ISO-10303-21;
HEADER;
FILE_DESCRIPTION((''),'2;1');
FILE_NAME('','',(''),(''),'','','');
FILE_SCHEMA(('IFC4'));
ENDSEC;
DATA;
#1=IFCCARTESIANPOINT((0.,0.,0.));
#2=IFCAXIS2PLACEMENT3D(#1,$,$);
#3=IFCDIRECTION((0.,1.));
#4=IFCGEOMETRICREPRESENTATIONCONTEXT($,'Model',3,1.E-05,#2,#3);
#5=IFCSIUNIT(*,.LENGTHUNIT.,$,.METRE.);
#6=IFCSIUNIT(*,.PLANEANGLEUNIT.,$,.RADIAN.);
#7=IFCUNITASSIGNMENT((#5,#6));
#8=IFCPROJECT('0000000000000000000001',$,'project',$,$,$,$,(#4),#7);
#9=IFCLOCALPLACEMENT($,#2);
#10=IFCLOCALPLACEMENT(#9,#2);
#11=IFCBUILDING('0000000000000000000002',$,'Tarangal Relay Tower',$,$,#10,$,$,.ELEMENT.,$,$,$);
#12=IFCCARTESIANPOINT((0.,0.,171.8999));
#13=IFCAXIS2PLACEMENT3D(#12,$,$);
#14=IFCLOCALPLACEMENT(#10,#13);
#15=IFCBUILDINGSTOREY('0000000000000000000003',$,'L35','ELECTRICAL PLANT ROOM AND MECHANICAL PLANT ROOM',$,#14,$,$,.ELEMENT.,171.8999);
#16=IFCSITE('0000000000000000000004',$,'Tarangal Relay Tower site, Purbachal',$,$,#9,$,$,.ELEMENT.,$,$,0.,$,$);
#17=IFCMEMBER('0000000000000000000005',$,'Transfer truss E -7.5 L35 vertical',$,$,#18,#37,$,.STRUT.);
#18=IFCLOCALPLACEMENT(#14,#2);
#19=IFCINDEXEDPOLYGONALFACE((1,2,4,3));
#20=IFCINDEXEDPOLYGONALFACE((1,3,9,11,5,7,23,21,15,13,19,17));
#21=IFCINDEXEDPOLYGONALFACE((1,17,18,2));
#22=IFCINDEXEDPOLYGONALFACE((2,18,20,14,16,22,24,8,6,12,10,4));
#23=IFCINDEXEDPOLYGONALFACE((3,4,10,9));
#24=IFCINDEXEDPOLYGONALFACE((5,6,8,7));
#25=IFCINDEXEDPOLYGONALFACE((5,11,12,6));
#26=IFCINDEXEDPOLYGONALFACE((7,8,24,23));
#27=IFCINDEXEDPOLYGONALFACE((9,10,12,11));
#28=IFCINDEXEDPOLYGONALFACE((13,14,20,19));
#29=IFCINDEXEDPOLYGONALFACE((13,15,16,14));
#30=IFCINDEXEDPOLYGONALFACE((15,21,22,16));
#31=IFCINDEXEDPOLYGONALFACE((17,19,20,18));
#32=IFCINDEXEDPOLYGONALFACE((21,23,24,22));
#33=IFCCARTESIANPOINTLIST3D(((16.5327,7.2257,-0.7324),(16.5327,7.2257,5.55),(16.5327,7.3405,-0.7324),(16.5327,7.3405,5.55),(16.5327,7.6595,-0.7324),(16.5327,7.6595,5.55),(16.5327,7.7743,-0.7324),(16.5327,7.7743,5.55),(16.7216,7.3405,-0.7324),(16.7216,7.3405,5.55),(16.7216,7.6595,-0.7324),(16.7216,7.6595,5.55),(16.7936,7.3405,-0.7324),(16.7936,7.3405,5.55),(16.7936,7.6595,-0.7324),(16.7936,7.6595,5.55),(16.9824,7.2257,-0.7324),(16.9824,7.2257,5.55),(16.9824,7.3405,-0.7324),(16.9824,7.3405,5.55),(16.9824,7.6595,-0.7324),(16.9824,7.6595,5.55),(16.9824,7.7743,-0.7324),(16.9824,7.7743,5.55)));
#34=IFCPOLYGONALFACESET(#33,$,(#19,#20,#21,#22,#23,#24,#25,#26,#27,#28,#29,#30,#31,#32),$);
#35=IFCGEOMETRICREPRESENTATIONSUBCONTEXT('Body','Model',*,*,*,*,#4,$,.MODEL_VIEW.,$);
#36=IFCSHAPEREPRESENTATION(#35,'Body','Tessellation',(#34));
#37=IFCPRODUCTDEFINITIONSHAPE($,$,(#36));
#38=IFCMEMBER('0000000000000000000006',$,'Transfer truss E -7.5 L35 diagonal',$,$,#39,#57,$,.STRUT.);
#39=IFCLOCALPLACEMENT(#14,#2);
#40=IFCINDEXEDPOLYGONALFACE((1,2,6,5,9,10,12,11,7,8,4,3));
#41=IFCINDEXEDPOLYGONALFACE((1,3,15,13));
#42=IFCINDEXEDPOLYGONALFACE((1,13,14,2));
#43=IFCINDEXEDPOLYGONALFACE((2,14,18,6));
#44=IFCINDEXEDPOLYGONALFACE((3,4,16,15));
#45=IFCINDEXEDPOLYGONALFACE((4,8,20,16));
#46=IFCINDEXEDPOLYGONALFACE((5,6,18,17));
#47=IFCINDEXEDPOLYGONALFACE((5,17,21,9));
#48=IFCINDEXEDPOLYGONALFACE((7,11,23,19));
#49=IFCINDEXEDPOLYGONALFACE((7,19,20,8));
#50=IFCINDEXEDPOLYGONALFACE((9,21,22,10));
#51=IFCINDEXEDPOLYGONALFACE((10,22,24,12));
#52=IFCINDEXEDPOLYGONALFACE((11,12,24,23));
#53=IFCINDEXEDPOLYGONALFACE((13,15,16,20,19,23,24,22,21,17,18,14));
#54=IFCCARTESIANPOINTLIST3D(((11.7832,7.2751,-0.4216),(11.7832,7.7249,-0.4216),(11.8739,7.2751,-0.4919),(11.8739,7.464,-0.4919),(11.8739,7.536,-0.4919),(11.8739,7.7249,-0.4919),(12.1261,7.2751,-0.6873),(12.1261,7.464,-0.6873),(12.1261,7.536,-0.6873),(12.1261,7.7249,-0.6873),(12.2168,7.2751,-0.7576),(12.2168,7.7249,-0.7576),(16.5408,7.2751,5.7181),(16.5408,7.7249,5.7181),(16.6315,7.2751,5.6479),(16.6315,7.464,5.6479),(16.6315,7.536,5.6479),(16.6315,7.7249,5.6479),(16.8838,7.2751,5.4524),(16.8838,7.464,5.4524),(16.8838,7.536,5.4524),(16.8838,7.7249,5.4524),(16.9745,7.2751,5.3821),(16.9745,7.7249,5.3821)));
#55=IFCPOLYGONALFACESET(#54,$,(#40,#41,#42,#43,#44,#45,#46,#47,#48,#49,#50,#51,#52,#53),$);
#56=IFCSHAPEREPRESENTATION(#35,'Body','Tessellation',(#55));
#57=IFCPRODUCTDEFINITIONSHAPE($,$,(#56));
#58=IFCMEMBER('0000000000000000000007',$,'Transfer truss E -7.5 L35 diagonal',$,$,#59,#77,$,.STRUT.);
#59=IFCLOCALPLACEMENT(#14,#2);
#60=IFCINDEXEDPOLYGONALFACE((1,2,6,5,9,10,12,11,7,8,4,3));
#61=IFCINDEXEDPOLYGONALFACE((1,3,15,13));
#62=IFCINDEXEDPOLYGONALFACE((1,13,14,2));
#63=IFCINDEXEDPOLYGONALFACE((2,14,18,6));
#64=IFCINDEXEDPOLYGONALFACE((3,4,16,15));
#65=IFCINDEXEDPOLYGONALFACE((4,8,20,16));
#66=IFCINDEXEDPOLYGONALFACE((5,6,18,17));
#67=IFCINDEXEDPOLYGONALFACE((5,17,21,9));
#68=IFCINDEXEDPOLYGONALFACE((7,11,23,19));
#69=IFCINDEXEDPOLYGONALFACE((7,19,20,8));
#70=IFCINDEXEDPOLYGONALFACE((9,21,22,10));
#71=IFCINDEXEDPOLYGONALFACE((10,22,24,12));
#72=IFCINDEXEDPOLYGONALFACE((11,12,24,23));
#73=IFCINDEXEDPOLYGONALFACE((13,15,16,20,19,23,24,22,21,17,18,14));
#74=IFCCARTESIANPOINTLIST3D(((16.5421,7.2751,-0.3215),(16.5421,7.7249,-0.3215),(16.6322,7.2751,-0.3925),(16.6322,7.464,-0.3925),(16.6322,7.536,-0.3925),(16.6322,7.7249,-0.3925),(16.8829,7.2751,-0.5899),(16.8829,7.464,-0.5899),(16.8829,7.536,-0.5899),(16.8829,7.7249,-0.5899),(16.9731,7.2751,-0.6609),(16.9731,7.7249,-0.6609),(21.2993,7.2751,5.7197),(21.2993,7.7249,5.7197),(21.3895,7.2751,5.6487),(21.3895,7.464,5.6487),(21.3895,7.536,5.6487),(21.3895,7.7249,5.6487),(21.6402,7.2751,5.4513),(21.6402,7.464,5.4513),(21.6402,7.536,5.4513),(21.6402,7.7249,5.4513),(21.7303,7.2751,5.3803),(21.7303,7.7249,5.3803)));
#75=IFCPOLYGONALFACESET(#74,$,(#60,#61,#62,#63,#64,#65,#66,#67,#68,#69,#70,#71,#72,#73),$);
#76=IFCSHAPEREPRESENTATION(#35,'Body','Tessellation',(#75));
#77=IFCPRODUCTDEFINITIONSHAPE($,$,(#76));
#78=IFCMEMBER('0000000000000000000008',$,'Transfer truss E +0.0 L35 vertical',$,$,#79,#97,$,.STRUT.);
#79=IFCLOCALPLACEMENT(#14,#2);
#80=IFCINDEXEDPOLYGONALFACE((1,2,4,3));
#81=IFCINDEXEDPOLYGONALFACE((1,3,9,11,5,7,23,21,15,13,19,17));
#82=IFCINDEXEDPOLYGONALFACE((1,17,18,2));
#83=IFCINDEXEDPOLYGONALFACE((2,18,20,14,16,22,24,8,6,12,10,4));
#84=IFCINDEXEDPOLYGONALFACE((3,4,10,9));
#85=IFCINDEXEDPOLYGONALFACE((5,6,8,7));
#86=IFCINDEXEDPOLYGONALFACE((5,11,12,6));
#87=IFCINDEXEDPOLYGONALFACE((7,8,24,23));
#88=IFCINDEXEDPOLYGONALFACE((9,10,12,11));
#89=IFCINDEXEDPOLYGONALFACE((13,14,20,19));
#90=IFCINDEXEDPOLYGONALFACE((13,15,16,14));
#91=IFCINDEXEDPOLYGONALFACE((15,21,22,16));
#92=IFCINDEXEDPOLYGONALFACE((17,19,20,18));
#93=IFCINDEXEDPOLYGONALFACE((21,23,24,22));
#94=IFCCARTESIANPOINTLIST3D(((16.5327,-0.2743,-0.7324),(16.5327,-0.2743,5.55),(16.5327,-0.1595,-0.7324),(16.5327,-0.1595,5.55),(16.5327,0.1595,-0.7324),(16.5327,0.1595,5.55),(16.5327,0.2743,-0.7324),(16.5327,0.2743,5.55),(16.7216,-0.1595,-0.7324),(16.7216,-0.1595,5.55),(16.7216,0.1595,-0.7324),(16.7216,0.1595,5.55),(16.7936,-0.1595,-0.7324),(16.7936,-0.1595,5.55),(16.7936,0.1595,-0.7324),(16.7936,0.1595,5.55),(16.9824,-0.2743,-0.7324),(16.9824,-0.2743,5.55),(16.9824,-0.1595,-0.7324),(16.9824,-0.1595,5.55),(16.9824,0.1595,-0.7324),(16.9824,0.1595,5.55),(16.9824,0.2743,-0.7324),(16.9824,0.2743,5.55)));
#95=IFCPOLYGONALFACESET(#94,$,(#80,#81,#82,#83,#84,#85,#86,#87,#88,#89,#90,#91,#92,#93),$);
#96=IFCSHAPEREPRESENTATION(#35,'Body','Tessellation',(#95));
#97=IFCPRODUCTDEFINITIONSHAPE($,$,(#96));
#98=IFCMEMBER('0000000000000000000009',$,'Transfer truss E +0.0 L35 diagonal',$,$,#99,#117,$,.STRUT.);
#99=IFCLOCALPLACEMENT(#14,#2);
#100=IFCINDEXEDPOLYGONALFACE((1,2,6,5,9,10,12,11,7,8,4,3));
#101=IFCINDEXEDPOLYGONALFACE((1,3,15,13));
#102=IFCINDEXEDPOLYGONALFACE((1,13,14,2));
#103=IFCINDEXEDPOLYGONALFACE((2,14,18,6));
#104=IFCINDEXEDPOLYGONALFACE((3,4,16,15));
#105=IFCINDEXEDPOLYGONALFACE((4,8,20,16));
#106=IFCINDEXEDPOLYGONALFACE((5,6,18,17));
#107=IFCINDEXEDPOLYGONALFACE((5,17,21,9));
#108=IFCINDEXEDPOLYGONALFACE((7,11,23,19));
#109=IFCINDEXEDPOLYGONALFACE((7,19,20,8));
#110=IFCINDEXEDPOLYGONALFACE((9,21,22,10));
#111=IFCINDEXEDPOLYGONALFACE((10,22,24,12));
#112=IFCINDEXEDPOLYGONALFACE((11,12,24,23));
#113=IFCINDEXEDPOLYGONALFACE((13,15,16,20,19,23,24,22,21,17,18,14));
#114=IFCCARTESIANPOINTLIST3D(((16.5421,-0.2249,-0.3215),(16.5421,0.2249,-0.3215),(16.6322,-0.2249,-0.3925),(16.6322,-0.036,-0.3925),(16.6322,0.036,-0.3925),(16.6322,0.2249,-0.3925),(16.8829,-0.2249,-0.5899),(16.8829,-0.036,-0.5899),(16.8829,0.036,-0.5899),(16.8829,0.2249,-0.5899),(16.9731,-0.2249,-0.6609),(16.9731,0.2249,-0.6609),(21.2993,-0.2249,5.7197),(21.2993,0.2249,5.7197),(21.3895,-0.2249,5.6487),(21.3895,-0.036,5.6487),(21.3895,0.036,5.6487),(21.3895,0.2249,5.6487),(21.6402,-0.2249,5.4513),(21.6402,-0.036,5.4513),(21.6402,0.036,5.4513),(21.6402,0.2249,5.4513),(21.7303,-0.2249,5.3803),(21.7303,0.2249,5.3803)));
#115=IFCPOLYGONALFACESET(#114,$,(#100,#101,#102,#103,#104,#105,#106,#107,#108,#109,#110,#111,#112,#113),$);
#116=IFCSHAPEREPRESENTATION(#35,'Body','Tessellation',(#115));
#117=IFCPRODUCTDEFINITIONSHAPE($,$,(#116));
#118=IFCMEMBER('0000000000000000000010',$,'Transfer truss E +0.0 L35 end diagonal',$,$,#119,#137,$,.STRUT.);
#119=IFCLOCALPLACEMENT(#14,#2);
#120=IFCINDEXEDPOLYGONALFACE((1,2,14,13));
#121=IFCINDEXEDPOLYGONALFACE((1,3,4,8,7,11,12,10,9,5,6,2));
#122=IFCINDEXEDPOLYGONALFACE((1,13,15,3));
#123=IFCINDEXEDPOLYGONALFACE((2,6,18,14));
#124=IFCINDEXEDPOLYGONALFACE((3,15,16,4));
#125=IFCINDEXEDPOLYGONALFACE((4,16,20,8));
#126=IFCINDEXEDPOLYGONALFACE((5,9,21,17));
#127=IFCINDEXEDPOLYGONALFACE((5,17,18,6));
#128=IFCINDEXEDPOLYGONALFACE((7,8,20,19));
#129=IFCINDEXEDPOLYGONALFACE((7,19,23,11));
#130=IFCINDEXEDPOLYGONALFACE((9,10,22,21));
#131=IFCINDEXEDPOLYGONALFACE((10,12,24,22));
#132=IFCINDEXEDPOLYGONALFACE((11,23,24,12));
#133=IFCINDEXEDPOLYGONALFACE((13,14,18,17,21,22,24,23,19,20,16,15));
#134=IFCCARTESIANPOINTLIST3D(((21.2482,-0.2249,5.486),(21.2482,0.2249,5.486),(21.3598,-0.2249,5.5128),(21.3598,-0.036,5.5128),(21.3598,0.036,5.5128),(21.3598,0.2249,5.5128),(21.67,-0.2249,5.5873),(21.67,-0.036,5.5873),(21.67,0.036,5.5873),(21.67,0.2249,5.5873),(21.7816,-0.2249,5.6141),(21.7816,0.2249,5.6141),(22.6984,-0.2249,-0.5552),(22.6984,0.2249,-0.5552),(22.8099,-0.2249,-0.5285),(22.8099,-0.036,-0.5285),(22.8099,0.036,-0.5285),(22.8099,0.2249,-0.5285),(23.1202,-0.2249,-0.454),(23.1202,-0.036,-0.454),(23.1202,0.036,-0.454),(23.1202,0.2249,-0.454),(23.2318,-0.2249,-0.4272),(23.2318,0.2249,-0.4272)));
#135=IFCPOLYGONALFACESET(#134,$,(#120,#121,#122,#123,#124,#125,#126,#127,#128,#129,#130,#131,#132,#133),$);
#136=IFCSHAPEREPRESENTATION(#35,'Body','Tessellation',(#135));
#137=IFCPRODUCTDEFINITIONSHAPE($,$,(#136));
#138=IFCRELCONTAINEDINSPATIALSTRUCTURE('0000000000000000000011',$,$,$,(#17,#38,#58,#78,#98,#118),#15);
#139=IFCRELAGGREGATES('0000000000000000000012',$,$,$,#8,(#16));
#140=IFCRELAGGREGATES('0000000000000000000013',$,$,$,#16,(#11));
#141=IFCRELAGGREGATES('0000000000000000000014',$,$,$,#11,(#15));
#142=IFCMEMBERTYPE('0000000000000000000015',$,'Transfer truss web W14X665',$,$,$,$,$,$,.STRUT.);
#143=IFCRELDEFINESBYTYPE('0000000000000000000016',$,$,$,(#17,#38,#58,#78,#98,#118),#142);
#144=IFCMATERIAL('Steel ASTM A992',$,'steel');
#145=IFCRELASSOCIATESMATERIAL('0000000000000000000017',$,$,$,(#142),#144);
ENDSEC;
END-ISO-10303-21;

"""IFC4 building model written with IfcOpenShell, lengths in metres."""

from ifc_helpers import new_model, si_unit, direction, frame, origin, origin_2d, place, context, subcontext, project, spatial, i_section, extrude, material, material_profile, profile_set, type_object, element, save


model = new_model("IFC4")

# Units and contexts
model_context = context("Model", 3, precision=1e-05, world=origin(), true_north=direction((0.0, 1.0)))
body_context = subcontext(model_context, "Body", "Model", "MODEL_VIEW")
ifc_project = project(units=[si_unit("LENGTHUNIT", "METRE"), si_unit("PLANEANGLEUNIT", "RADIAN")], contexts=[model_context])

# Site, building, storey
site_placement = place(None, origin())
site = spatial("IfcSite", under=ifc_project, at=site_placement, Name="Tarangal Relay Tower site, Purbachal", CompositionType="ELEMENT", RefElevation=0.0)
building_placement = place(site_placement, origin())
building = spatial("IfcBuilding", under=site, at=building_placement, Name="Tarangal Relay Tower", CompositionType="ELEMENT")
storey_placement = place(building_placement, frame((0.0, 0.0, 171.8999)))
storey = spatial("IfcBuildingStorey", under=building, at=storey_placement, Name="L35", Description="ELECTRICAL PLANT ROOM AND MECHANICAL PLANT ROOM", CompositionType="ELEMENT", Elevation=171.8999)

# Shared definitions
ifc_material_1 = material(Name="Steel ASTM A992", Category="steel")

# Members
ifc_material_profile_1 = material_profile(ifc_material_1, i_section(OverallWidth=0.4497, OverallDepth=0.5486, WebThickness=0.072, FlangeThickness=0.1147, at=origin_2d()), Name="W14X665")
ifc_profile_set_1 = profile_set([ifc_material_profile_1], Name="Steel ASTM A992")
member_type_1 = type_object("IfcMemberType", Name="Transfer truss web W14X665", PredefinedType="STRUT", material=ifc_profile_set_1)
member_1_placement = place(storey_placement, frame((16.7576, 7.5, -0.7324), z_axis=(0.0, 0.0, 1.0), x_axis=(1.0, 0.0, 0.0)))
element("IfcMember", 1, at=member_1_placement, inside=storey, type_object=member_type_1, Name="Transfer truss E -7.5 L35 vertical", PredefinedType="STRUT", context=body_context, shape_type="SweptSolid", body=[
    extrude(i_section(OverallWidth=0.4497, OverallDepth=0.5486, WebThickness=0.072, FlangeThickness=0.1147, at=origin_2d()), origin(), (0.0, 0.0, 1.0), 6.2825),
])
member_2_placement = place(storey_placement, frame((12.0, 7.5, -0.5896), z_axis=(0.612519, 0.0, 0.790456), x_axis=(0.0, 1.0, 0.0)))
element("IfcMember", 2, at=member_2_placement, inside=storey, type_object=member_type_1, Name="Transfer truss E -7.5 L35 diagonal", PredefinedType="STRUT", context=body_context, shape_type="SweptSolid", body=[
    extrude(i_section(OverallWidth=0.4497, OverallDepth=0.5486, WebThickness=0.072, FlangeThickness=0.1147, at=origin_2d()), origin(), (0.0, 0.0, 1.0), 7.7673),
])
member_3_placement = place(storey_placement, frame((16.7576, 7.5, -0.4912), z_axis=(0.618675, 0.0, 0.785647), x_axis=(0.0, 1.0, 0.0)))
element("IfcMember", 3, at=member_3_placement, inside=storey, type_object=member_type_1, Name="Transfer truss E -7.5 L35 diagonal", PredefinedType="STRUT", context=body_context, shape_type="SweptSolid", body=[
    extrude(i_section(OverallWidth=0.4497, OverallDepth=0.5486, WebThickness=0.072, FlangeThickness=0.1147, at=origin_2d()), origin(), (0.0, 0.0, 1.0), 7.6895),
])
member_4_placement = place(storey_placement, frame((16.7576, 0.0, -0.7324), z_axis=(0.0, 0.0, 1.0), x_axis=(1.0, 0.0, 0.0)))
element("IfcMember", 4, at=member_4_placement, inside=storey, type_object=member_type_1, Name="Transfer truss E +0.0 L35 vertical", PredefinedType="STRUT", context=body_context, shape_type="SweptSolid", body=[
    extrude(i_section(OverallWidth=0.4497, OverallDepth=0.5486, WebThickness=0.072, FlangeThickness=0.1147, at=origin_2d()), origin(), (0.0, 0.0, 1.0), 6.2825),
])
member_5_placement = place(storey_placement, frame((16.7576, 0.0, -0.4912), z_axis=(0.618675, 0.0, 0.785647), x_axis=(0.0, 1.0, 0.0)))
element("IfcMember", 5, at=member_5_placement, inside=storey, type_object=member_type_1, Name="Transfer truss E +0.0 L35 diagonal", PredefinedType="STRUT", context=body_context, shape_type="SweptSolid", body=[
    extrude(i_section(OverallWidth=0.4497, OverallDepth=0.5486, WebThickness=0.072, FlangeThickness=0.1147, at=origin_2d()), origin(), (0.0, 0.0, 1.0), 7.6895),
])
member_6_placement = place(storey_placement, frame((22.9651, 0.0, -0.4912), z_axis=(-0.233418, 0.0, 0.972377), x_axis=(0.0, -1.0, 0.0)))
element("IfcMember", 6, at=member_6_placement, inside=storey, type_object=member_type_1, Name="Transfer truss E +0.0 L35 end diagonal", PredefinedType="STRUT", context=body_context, shape_type="SweptSolid", body=[
    extrude(i_section(OverallWidth=0.4497, OverallDepth=0.5486, WebThickness=0.072, FlangeThickness=0.1147, at=origin_2d()), origin(), (0.0, 0.0, 1.0), 6.2129),
])

save(model, "model.ifc")
